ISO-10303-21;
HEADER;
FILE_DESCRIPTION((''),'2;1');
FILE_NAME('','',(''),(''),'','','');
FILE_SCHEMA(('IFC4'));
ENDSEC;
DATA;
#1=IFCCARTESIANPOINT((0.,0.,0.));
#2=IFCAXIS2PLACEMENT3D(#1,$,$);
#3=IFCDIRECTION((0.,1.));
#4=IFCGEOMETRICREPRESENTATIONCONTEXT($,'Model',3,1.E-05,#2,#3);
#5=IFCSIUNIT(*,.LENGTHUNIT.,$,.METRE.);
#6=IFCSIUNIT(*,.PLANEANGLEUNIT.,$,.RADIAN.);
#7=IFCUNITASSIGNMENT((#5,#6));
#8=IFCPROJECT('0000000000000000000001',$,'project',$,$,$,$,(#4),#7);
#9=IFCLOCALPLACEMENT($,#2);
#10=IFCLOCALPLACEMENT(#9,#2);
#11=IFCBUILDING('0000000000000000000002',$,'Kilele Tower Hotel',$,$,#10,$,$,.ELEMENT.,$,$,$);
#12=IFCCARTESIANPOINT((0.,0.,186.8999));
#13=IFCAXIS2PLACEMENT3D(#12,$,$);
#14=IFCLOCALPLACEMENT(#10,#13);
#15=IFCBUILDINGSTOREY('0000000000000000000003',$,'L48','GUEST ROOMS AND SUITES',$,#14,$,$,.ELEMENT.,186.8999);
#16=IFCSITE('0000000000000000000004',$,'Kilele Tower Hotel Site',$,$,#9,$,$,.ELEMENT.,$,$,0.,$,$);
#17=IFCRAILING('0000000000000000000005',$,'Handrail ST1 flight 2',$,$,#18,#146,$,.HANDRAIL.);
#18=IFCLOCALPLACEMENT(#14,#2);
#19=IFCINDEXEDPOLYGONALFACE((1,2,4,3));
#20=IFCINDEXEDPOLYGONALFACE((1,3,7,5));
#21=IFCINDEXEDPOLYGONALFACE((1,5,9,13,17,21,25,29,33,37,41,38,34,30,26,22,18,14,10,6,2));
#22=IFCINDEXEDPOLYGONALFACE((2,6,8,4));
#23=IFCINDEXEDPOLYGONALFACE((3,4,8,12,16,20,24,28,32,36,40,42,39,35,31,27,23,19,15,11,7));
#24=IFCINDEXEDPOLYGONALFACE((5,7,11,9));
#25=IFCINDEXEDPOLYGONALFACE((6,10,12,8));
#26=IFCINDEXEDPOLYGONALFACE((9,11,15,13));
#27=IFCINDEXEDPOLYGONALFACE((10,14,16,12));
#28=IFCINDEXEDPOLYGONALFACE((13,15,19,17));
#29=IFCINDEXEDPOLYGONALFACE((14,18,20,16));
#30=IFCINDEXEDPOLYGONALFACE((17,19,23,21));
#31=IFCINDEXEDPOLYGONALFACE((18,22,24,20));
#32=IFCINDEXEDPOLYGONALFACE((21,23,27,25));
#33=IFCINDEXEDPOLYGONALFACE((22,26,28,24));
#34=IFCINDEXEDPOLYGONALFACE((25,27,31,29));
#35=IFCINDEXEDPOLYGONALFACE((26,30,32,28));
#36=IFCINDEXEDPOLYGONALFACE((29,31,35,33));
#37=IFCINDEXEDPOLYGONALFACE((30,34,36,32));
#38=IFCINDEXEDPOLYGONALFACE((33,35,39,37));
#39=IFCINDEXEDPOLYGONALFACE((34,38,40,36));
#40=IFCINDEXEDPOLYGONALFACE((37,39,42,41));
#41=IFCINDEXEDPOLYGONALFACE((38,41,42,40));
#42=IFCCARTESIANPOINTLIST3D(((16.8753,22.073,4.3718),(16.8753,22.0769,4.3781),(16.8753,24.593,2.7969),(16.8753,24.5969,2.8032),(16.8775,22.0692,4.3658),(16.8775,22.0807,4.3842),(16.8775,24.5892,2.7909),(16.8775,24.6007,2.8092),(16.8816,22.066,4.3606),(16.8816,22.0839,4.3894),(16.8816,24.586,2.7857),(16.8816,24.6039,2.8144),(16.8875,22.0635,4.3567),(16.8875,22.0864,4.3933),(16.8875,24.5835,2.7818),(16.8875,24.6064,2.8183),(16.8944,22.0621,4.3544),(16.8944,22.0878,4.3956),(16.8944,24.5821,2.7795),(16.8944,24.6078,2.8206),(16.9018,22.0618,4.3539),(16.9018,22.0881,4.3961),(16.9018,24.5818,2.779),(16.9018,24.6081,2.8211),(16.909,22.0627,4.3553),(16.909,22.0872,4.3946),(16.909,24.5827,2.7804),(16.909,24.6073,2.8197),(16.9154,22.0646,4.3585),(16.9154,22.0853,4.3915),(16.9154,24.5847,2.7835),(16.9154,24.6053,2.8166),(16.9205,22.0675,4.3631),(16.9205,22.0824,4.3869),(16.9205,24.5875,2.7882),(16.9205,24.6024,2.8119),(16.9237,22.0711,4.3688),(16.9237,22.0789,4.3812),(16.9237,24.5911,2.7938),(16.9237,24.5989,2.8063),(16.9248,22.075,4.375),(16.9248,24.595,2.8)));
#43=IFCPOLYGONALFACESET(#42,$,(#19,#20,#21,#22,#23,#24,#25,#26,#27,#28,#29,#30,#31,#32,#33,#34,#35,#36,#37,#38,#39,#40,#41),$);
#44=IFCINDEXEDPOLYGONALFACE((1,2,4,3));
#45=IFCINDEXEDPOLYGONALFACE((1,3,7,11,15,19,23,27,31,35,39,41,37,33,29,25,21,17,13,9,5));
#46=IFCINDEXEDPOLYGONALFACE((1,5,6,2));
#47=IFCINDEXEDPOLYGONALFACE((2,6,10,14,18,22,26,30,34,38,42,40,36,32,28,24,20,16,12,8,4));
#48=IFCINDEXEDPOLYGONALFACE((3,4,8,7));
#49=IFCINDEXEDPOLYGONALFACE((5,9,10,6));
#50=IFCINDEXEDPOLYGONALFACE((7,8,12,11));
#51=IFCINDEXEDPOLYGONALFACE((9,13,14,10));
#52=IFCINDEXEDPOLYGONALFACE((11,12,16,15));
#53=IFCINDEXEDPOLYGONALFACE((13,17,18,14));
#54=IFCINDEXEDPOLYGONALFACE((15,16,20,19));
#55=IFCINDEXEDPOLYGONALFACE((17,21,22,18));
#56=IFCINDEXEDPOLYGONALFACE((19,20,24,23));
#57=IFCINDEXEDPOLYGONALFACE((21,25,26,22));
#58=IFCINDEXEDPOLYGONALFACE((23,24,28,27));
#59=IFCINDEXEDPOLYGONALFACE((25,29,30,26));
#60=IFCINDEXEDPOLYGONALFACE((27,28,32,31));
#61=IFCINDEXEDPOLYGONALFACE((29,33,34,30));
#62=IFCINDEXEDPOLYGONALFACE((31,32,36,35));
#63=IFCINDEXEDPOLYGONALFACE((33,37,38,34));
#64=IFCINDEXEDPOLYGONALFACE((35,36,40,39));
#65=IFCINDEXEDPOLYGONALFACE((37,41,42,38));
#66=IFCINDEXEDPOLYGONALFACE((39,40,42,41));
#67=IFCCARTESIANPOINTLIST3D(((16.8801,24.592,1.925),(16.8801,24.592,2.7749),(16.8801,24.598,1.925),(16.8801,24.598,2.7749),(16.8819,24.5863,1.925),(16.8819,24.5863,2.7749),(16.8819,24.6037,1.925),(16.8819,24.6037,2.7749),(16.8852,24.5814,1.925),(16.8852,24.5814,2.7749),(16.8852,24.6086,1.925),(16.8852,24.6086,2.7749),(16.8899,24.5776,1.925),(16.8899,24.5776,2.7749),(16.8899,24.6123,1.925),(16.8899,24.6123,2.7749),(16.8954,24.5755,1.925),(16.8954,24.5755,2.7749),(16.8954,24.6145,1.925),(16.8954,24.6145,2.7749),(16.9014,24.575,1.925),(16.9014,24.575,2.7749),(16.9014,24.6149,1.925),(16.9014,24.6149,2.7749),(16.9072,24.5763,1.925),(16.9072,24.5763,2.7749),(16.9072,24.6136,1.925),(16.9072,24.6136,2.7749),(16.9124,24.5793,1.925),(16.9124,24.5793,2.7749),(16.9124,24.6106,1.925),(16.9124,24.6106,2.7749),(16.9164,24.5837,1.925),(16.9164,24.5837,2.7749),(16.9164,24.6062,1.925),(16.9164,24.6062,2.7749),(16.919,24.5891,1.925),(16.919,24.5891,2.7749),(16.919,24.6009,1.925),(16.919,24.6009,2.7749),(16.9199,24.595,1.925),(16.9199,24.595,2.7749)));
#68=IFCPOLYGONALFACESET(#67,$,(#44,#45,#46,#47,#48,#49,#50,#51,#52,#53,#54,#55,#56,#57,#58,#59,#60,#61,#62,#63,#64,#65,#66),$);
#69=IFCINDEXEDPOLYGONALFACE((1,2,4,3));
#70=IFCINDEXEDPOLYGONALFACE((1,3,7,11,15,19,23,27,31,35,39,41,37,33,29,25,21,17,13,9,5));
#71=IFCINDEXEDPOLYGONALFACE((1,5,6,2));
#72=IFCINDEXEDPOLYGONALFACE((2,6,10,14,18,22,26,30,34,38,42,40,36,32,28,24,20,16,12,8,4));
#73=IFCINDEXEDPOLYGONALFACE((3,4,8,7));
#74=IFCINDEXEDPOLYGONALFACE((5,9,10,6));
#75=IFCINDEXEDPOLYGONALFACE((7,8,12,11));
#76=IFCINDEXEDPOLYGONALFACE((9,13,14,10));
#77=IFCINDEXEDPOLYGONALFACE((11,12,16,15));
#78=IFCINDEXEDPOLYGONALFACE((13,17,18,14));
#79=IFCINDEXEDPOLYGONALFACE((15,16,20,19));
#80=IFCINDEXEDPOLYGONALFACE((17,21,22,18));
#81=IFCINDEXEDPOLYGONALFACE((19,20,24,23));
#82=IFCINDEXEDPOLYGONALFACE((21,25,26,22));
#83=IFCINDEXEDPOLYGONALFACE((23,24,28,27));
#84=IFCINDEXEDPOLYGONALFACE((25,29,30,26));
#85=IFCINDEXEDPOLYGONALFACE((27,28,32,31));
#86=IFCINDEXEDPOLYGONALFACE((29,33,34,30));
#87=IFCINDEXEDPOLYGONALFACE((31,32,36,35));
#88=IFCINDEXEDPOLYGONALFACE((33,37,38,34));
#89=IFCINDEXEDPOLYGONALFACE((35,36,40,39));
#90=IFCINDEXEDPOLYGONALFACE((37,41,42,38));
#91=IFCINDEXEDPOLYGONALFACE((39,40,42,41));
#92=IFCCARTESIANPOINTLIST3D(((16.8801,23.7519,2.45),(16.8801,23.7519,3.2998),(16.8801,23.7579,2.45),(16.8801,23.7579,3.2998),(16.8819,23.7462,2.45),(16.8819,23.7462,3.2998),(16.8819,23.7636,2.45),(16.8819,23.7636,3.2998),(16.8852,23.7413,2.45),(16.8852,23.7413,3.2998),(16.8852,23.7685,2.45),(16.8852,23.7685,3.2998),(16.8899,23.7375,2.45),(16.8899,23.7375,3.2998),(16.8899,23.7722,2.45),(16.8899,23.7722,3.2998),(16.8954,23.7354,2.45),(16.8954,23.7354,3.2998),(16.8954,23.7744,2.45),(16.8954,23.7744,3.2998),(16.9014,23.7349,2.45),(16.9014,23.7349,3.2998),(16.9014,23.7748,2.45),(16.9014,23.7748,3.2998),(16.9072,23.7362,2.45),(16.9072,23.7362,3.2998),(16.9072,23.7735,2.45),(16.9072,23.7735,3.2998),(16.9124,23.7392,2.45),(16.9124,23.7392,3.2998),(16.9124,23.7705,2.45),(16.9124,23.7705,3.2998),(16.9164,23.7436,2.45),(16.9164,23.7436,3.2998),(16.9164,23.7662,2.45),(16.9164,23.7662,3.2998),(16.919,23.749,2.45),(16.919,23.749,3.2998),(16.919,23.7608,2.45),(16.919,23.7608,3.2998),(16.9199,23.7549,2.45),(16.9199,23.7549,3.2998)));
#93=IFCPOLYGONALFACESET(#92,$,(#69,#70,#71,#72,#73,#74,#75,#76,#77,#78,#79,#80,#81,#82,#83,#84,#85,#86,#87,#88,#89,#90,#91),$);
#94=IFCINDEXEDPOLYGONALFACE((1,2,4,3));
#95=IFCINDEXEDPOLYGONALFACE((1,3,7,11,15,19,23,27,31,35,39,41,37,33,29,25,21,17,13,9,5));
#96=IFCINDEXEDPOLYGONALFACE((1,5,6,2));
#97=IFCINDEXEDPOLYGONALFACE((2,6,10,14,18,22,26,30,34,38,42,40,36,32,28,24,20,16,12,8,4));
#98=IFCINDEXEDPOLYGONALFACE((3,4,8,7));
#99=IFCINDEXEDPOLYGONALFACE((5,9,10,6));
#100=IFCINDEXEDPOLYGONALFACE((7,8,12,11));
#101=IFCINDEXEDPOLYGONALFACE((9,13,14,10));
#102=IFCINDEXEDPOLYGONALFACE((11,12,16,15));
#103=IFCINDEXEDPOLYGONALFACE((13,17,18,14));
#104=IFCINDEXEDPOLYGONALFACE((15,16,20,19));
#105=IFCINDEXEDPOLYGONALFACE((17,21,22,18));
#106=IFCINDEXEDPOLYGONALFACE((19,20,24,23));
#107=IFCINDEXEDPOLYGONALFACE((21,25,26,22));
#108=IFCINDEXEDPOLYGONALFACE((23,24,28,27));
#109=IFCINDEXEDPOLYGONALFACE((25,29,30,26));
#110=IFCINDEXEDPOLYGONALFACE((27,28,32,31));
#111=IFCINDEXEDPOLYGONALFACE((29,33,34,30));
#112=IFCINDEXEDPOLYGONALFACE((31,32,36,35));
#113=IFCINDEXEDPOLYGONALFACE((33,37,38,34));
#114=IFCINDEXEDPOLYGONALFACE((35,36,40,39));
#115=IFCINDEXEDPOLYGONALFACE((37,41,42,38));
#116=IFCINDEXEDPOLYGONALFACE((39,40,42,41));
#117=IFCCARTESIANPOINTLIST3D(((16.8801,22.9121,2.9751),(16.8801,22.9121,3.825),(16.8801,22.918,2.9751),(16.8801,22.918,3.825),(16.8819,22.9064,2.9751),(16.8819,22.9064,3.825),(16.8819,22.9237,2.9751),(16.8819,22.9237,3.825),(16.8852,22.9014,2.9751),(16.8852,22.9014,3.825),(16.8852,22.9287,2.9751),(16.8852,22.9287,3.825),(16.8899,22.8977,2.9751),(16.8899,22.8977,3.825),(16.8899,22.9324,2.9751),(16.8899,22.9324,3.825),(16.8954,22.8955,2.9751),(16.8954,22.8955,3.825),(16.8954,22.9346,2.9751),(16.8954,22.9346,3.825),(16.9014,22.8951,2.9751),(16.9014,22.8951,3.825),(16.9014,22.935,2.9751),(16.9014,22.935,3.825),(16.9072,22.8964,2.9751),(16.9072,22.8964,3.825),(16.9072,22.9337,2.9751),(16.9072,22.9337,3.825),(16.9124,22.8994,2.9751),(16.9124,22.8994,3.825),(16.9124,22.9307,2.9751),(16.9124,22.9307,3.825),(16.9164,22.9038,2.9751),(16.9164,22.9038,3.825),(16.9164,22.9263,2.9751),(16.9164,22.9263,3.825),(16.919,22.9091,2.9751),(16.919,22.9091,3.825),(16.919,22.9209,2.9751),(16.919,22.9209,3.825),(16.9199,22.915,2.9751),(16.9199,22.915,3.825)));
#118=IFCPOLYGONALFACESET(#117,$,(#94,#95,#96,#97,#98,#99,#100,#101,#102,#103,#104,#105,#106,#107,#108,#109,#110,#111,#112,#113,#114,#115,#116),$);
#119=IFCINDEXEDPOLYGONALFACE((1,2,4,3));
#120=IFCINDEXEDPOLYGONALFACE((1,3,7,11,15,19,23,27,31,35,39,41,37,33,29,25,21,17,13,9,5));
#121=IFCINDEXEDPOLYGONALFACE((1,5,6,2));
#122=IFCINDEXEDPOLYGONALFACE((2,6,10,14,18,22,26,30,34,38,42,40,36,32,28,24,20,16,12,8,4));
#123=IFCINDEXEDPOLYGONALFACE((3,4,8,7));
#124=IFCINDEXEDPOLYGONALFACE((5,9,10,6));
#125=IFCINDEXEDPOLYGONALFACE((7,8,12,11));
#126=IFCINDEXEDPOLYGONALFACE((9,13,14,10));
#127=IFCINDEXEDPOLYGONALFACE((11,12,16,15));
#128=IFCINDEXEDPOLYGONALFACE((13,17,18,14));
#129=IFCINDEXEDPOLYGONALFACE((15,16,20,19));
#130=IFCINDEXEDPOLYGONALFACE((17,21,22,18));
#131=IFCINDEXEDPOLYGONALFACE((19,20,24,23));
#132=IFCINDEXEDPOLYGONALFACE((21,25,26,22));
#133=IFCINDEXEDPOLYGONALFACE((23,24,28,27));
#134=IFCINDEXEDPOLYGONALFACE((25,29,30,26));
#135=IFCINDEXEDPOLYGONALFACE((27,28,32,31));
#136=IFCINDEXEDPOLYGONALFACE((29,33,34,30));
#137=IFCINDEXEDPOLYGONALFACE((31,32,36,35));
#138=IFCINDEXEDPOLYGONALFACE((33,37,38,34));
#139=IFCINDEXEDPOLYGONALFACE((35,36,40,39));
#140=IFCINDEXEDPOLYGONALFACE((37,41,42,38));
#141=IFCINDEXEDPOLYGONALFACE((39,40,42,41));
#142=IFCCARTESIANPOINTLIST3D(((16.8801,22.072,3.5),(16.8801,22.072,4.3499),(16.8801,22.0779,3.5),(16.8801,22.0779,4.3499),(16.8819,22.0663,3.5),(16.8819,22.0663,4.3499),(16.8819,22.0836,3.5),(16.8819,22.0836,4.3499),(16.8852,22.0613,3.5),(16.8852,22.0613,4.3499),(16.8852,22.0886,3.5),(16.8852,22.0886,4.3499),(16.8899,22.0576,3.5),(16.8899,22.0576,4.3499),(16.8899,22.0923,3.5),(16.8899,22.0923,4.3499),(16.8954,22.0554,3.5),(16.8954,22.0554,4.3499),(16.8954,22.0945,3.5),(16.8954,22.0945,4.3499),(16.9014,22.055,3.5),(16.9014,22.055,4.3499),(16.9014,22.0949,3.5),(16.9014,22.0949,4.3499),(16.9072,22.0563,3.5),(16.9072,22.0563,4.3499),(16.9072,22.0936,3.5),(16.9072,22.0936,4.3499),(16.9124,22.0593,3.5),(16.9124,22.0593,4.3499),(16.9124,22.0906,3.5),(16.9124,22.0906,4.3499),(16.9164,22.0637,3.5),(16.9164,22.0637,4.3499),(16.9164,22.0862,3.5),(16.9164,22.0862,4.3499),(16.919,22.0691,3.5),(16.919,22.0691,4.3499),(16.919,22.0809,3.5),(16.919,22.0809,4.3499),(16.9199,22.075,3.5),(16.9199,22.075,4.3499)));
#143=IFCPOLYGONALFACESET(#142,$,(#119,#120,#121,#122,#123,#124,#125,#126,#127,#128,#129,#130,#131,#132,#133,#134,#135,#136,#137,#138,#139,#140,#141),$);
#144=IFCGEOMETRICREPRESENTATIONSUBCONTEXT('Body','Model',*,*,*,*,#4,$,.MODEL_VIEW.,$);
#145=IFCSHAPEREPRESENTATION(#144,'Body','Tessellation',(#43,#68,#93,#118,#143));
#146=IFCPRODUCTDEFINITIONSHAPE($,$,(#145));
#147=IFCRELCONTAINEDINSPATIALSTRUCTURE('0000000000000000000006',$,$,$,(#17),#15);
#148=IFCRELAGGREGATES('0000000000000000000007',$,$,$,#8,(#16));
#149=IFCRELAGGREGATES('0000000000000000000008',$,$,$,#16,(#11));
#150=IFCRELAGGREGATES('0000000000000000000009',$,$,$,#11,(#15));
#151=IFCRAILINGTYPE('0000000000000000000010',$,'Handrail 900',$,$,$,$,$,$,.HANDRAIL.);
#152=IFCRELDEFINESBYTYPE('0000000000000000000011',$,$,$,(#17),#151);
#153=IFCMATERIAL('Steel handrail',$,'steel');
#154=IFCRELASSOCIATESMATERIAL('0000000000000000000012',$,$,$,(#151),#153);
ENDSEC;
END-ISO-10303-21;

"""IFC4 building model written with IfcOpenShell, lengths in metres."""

from ifc_helpers import new_model, si_unit, direction, frame, origin, origin_2d, place, context, subcontext, project, spatial, circle, extrude, material, type_object, element, save


model = new_model("IFC4")

# Units and contexts
model_context = context("Model", 3, precision=1e-05, world=origin(), true_north=direction((0.0, 1.0)))
body_context = subcontext(model_context, "Body", "Model", "MODEL_VIEW")
ifc_project = project(units=[si_unit("LENGTHUNIT", "METRE"), si_unit("PLANEANGLEUNIT", "RADIAN")], contexts=[model_context])

# Site, building, storey
site_placement = place(None, origin())
site = spatial("IfcSite", under=ifc_project, at=site_placement, Name="Kilele Tower Hotel Site", CompositionType="ELEMENT", RefElevation=0.0)
building_placement = place(site_placement, origin())
building = spatial("IfcBuilding", under=site, at=building_placement, Name="Kilele Tower Hotel", CompositionType="ELEMENT")
storey_placement = place(building_placement, frame((0.0, 0.0, 186.8999)))
storey = spatial("IfcBuildingStorey", under=building, at=storey_placement, Name="L48", Description="GUEST ROOMS AND SUITES", CompositionType="ELEMENT", Elevation=186.8999)

# Railing
ifc_material_1 = material(Name="Steel handrail", Category="steel")
railing_type_1 = type_object("IfcRailingType", Name="Handrail 900", PredefinedType="HANDRAIL", material=ifc_material_1)
for number, where, name in (
    (1, (16.8999, 24.595, 1.925), "Handrail ST1 flight 2"),
):
    element("IfcRailing", number, at=place(storey_placement, frame(where)), inside=storey, type_object=railing_type_1, Name=name, PredefinedType="HANDRAIL", context=body_context, shape_type="SweptSolid", body=[
        extrude(circle(Radius=0.0249, at=origin_2d()), frame((0.0, 0.0, 0.875), z_axis=(0.0, -0.848008, 0.529984), x_axis=(1.0, 0.0, 0.0)), (0.0, 0.0, 1.0), 2.9717),
        extrude(circle(Radius=0.02, at=origin_2d()), origin(), (0.0, 0.0, 1.0), 0.8499),
        extrude(circle(Radius=0.02, at=origin_2d()), frame((0.0, -0.8401, 0.5249)), (0.0, 0.0, 1.0), 0.8499),
        extrude(circle(Radius=0.02, at=origin_2d()), frame((0.0, -1.6799, 1.05)), (0.0, 0.0, 1.0), 0.8499),
        extrude(circle(Radius=0.02, at=origin_2d()), frame((0.0, -2.52, 1.575)), (0.0, 0.0, 1.0), 0.8499),
    ])

save(model, "model.ifc")
